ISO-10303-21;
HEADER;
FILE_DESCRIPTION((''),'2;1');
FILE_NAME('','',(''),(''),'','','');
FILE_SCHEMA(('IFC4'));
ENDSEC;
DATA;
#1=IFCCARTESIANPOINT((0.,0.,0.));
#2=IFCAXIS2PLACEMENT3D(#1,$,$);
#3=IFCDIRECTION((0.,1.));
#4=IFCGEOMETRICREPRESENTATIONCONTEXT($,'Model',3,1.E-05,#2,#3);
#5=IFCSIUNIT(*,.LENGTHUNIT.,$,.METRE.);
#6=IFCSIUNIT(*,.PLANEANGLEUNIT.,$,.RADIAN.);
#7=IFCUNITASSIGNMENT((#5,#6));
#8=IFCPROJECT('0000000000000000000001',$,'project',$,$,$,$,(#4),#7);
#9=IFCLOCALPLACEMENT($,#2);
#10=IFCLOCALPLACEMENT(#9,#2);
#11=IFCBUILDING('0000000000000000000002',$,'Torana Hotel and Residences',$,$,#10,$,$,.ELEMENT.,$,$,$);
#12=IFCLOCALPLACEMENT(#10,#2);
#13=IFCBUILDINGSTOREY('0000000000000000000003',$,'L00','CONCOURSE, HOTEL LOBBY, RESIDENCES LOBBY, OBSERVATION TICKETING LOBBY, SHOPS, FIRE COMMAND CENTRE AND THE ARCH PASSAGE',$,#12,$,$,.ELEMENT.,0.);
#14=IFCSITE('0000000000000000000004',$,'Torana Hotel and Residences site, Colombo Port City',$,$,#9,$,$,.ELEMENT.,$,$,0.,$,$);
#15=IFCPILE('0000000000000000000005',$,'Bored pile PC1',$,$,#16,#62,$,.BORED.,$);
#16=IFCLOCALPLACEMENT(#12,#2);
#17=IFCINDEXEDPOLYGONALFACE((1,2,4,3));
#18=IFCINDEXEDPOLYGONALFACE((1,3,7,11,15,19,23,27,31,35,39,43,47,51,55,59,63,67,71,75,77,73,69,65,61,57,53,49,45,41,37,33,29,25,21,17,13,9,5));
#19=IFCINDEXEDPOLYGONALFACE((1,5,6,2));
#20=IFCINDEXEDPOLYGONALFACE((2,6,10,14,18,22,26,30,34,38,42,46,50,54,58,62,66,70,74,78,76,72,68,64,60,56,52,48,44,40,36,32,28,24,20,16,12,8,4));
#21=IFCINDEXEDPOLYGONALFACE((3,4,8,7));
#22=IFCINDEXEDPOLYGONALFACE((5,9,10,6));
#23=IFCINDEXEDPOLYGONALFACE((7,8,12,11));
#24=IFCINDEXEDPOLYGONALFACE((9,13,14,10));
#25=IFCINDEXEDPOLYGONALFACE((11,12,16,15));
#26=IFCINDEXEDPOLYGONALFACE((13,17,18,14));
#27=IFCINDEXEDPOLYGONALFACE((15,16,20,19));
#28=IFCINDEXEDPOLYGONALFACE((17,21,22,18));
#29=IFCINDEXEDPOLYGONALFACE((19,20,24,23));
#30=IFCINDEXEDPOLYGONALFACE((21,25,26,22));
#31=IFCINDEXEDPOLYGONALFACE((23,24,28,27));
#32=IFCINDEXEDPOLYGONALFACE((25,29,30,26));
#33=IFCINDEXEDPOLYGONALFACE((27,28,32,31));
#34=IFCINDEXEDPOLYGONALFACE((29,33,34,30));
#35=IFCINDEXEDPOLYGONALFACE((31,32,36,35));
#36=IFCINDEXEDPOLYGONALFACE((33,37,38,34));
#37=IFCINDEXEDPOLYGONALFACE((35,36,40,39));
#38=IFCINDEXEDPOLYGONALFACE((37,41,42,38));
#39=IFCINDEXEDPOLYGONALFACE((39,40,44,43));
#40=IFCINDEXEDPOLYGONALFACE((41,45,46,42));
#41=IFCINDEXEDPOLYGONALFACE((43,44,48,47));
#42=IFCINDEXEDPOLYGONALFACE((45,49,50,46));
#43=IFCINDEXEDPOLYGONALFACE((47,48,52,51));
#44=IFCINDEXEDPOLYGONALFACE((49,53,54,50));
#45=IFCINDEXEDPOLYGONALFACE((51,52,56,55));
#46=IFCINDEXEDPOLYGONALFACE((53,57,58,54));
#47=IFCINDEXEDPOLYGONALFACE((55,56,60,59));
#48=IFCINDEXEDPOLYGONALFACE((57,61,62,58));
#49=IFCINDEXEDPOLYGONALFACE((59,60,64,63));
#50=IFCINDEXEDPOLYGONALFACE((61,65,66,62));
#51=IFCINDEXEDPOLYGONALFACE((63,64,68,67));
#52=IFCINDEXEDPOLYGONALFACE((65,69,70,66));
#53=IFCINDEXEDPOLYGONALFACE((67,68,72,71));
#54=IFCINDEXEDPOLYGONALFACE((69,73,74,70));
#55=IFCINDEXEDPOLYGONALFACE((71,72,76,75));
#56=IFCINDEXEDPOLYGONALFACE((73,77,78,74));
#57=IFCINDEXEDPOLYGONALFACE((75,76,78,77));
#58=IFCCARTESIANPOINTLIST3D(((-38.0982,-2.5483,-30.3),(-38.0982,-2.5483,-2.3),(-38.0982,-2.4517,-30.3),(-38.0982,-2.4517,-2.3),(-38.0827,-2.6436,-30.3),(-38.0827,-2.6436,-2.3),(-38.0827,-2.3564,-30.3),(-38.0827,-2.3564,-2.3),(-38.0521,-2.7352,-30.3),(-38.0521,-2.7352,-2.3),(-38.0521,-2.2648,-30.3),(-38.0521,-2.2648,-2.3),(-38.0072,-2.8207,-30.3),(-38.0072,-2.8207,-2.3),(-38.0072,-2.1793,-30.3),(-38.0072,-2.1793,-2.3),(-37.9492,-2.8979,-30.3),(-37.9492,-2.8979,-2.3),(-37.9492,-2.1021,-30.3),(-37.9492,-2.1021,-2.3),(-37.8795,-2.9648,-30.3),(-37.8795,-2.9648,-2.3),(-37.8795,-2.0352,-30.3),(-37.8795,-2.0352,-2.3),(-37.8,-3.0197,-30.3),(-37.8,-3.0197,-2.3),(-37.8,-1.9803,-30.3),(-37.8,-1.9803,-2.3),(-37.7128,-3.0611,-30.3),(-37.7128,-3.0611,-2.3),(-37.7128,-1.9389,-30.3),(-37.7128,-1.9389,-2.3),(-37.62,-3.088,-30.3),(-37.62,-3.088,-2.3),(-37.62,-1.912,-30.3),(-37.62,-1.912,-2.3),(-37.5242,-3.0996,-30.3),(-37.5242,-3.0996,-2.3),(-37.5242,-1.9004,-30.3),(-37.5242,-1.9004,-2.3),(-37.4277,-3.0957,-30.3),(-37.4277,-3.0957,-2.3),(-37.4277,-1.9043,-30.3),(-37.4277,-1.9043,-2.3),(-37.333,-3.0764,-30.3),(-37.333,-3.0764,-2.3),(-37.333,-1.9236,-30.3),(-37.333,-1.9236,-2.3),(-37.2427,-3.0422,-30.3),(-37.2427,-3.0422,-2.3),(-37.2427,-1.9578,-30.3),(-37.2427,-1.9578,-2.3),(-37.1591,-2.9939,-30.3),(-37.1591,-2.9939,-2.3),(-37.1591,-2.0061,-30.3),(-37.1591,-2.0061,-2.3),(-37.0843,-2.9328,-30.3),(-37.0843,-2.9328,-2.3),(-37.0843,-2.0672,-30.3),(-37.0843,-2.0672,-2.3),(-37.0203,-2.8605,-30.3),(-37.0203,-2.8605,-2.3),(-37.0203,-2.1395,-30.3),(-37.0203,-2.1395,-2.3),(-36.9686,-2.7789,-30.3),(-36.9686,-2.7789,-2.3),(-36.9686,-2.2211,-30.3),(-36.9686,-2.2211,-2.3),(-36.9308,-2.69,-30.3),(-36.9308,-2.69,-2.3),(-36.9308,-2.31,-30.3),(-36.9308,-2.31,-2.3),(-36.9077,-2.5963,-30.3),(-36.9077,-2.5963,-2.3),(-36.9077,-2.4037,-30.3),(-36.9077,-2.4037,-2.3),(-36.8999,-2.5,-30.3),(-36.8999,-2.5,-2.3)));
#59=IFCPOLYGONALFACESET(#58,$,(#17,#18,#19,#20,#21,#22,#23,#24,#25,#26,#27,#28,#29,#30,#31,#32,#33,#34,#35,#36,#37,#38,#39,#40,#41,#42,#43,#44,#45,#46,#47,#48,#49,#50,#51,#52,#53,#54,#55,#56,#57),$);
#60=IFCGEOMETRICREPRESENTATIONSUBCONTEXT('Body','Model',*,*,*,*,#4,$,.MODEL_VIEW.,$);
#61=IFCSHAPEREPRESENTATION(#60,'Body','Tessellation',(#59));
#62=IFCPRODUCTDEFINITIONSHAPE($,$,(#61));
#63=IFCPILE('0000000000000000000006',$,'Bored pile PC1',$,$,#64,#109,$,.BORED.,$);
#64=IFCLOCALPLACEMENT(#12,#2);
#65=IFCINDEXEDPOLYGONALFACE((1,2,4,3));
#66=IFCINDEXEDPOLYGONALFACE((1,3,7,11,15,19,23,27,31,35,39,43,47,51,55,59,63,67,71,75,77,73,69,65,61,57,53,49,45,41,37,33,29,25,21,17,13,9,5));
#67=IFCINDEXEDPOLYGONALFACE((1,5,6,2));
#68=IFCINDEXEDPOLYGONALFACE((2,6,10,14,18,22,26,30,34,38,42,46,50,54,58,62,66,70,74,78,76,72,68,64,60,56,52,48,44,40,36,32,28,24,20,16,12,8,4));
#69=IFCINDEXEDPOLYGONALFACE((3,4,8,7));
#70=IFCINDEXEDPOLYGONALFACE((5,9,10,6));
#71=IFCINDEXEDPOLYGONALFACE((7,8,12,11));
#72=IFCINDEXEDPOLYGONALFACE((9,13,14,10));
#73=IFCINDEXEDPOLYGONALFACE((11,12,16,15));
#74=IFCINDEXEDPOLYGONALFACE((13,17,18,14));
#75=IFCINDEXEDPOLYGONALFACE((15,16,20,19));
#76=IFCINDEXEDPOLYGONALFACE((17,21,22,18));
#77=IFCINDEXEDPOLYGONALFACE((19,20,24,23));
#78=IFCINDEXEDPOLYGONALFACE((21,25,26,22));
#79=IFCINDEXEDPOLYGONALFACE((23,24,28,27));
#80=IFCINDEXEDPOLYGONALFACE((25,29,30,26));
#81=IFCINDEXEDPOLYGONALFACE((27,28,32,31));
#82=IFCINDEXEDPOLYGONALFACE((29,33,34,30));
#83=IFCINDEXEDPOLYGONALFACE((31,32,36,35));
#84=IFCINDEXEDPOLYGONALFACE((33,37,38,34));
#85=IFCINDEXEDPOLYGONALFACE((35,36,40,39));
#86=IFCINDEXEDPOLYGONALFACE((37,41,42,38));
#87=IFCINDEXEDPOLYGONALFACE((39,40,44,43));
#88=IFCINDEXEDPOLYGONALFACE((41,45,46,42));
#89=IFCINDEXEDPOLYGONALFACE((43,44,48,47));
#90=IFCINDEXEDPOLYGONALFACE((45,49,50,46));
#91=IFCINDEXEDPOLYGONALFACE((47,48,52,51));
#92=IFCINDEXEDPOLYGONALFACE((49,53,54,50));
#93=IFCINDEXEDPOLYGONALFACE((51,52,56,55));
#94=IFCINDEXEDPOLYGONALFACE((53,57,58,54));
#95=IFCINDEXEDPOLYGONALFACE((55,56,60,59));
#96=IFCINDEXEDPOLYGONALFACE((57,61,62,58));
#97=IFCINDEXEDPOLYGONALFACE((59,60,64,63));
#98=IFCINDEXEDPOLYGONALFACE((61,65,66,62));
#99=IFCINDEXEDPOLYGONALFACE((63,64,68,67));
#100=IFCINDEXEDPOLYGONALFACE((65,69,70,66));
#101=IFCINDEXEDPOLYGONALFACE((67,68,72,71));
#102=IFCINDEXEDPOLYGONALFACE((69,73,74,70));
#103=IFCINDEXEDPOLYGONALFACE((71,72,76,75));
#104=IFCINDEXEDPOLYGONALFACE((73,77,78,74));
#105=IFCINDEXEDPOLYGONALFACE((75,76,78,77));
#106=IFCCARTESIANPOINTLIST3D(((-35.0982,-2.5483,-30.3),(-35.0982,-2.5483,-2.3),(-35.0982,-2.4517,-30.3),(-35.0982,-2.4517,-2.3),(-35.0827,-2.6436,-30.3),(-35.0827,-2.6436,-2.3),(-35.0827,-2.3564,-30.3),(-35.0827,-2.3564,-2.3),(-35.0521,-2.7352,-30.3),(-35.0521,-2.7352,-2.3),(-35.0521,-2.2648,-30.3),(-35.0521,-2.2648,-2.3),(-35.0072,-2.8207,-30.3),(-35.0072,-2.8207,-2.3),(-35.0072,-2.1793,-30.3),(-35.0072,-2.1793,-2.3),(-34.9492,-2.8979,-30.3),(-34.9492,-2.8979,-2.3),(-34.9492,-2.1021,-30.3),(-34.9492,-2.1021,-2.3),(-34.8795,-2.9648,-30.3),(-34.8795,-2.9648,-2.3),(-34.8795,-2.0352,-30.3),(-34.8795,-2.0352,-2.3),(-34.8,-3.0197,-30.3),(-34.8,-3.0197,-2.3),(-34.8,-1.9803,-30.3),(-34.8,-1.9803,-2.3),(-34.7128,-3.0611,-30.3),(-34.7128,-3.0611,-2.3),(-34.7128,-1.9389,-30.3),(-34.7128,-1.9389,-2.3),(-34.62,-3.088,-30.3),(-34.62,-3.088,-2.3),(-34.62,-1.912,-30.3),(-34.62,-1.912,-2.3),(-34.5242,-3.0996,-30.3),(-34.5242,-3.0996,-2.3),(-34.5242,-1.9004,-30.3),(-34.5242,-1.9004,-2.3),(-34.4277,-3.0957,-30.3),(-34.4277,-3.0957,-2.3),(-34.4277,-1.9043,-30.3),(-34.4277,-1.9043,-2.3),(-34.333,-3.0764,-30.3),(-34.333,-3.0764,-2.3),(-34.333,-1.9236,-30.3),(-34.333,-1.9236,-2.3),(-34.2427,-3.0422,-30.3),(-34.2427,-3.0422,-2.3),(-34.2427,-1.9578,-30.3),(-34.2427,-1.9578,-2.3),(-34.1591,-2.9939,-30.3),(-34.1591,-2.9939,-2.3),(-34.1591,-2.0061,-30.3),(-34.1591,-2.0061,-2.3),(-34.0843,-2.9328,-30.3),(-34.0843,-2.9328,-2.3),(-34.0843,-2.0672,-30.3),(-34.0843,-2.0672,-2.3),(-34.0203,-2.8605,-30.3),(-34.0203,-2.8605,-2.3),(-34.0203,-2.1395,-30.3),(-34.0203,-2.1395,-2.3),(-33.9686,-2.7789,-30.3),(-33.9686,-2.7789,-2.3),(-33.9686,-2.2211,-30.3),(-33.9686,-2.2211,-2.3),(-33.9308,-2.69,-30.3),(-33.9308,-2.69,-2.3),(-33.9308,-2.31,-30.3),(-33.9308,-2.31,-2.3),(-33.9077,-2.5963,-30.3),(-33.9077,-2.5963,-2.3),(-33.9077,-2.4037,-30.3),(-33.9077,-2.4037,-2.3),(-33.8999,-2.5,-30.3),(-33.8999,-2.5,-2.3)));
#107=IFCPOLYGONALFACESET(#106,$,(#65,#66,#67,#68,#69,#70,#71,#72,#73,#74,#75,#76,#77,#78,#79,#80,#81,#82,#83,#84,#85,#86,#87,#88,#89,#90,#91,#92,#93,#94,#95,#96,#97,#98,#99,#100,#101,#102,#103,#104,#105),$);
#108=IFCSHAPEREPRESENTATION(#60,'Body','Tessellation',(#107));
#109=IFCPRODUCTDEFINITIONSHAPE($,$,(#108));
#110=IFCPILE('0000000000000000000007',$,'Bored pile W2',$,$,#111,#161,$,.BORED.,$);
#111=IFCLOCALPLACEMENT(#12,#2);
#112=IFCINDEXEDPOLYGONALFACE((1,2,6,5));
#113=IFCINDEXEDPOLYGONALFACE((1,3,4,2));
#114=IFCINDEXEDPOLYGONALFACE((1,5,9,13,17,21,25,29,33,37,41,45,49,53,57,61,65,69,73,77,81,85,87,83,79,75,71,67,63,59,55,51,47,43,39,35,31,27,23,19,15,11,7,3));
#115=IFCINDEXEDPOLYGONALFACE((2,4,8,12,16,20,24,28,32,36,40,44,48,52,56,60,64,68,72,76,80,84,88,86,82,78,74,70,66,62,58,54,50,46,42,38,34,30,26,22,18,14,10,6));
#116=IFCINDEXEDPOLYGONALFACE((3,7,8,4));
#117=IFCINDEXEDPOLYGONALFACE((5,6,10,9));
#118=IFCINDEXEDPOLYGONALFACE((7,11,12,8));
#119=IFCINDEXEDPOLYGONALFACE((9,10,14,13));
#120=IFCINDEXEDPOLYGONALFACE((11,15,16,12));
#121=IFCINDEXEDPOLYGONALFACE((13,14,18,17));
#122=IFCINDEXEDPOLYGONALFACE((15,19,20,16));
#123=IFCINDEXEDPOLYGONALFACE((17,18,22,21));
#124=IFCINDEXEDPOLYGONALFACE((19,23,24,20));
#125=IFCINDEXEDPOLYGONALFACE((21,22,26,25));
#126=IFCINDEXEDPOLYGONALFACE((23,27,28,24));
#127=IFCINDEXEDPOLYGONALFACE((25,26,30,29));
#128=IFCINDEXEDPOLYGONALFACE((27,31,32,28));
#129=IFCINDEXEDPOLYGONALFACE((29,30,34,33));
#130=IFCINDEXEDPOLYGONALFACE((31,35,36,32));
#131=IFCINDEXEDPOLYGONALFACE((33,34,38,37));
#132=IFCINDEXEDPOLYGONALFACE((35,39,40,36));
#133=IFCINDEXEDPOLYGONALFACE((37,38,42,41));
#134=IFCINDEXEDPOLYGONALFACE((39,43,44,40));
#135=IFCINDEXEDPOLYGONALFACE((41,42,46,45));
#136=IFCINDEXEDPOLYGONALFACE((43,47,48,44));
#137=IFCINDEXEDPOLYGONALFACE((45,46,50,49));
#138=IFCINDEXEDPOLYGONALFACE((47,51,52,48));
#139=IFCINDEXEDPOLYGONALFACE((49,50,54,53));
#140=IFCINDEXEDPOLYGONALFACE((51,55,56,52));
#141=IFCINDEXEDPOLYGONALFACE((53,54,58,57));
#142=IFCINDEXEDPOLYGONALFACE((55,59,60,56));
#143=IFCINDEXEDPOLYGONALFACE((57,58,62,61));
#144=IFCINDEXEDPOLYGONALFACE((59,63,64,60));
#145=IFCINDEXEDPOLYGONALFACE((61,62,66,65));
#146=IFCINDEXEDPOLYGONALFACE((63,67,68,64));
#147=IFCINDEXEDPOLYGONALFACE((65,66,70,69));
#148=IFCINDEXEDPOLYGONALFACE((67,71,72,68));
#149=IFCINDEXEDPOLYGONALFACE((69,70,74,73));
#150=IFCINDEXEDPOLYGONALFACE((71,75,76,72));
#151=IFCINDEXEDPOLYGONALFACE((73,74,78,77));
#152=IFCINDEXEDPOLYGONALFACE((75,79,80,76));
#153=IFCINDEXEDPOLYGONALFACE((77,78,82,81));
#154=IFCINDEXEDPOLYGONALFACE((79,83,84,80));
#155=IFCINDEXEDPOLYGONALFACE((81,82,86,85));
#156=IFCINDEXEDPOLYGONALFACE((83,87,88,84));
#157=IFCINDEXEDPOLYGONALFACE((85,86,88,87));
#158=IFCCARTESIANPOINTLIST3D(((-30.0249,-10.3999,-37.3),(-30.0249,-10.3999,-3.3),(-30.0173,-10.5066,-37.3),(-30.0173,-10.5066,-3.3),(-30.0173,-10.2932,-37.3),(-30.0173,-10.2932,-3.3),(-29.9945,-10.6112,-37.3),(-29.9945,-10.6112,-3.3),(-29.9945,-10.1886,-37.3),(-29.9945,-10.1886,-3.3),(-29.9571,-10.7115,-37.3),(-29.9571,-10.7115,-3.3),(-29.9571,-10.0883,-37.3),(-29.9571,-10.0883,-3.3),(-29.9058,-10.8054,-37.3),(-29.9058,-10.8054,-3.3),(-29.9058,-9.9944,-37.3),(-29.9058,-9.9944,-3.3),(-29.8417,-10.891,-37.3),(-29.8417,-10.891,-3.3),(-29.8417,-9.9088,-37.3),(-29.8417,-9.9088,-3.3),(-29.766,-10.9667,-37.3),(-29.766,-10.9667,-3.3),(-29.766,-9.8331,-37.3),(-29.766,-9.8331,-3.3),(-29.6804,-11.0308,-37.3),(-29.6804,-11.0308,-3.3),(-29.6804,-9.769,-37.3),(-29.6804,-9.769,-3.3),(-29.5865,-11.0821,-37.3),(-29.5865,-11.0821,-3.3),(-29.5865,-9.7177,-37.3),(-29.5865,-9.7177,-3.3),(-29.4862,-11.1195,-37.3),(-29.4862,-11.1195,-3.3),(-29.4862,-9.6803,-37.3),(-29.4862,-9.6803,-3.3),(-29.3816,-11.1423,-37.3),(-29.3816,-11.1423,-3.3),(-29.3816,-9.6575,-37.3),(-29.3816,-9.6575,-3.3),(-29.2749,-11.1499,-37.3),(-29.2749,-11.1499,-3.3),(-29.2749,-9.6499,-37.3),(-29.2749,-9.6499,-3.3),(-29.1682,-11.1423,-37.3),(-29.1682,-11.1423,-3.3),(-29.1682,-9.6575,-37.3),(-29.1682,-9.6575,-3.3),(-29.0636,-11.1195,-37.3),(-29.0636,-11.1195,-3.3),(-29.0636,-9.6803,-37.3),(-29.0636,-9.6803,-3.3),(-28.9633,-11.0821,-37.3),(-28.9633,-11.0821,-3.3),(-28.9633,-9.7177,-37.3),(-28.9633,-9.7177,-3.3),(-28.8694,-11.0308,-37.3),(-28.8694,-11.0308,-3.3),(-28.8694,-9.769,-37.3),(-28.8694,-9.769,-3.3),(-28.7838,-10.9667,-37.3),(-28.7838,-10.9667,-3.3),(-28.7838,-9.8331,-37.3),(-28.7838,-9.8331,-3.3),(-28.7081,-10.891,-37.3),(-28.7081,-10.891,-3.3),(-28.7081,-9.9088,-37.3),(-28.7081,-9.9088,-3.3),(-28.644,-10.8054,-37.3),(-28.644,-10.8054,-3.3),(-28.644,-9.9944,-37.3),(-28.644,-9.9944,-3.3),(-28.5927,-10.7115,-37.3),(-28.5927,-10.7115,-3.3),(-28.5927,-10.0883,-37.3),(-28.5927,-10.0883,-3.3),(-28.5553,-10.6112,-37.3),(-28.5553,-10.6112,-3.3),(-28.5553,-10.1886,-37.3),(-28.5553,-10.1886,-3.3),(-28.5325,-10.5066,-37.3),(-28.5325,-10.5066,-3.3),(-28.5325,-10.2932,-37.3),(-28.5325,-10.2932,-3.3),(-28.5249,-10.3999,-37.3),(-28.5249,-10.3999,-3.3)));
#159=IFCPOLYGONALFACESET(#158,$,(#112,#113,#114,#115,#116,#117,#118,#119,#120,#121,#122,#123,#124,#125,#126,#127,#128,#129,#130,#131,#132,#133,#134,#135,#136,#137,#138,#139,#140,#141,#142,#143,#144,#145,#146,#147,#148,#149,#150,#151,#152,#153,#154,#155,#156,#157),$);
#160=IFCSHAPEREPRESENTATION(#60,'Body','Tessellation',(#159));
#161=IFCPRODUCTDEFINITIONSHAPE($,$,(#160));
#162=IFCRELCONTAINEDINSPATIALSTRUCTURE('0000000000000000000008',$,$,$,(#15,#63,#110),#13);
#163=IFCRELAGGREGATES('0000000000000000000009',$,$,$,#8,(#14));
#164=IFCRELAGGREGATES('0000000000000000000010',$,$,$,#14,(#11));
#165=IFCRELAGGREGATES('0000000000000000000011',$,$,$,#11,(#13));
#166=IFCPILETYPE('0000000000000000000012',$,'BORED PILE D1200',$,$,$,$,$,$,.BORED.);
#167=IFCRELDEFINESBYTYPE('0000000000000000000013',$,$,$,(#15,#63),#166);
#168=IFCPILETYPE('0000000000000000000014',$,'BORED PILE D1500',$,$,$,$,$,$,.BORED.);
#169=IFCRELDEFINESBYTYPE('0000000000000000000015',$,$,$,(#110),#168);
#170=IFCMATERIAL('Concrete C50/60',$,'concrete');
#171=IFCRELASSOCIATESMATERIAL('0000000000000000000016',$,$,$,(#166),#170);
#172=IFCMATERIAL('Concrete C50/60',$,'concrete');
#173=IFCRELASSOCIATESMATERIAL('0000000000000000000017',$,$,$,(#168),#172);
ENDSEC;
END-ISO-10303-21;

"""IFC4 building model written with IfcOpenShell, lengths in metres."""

from ifc_helpers import new_model, si_unit, direction, frame, origin, origin_2d, place, context, subcontext, project, spatial, circle, extrude, material, type_object, element, save


model = new_model("IFC4")

# Units and contexts
model_context = context("Model", 3, precision=1e-05, world=origin(), true_north=direction((0.0, 1.0)))
body_context = subcontext(model_context, "Body", "Model", "MODEL_VIEW")
ifc_project = project(units=[si_unit("LENGTHUNIT", "METRE"), si_unit("PLANEANGLEUNIT", "RADIAN")], contexts=[model_context])

# Site, building, storey
site_placement = place(None, origin())
site = spatial("IfcSite", under=ifc_project, at=site_placement, Name="Torana Hotel and Residences site, Colombo Port City", CompositionType="ELEMENT", RefElevation=0.0)
building_placement = place(site_placement, origin())
building = spatial("IfcBuilding", under=site, at=building_placement, Name="Torana Hotel and Residences", CompositionType="ELEMENT")
storey_placement = place(building_placement, origin())
storey = spatial("IfcBuildingStorey", under=building, at=storey_placement, Name="L00", Description="CONCOURSE, HOTEL LOBBY, RESIDENCES LOBBY, OBSERVATION TICKETING LOBBY, SHOPS, FIRE COMMAND CENTRE AND THE ARCH PASSAGE", CompositionType="ELEMENT", Elevation=0.0)

# Piles
ifc_material_1 = material(Name="Concrete C50/60", Category="concrete")
pile_type_1 = type_object("IfcPileType", Name="BORED PILE D1200", PredefinedType="BORED", material=ifc_material_1)
for number, where, z_axis, x_axis, name in (
    (1, (-37.5, -2.5, -2.3), (0.0, 0.0, -1.0), (1.0, 0.0, 0.0), "Bored pile PC1"),
    (2, (-34.5, -2.5, -2.3), (0.0, 0.0, -1.0), (1.0, 0.0, 0.0), "Bored pile PC1"),
):
    element("IfcPile", number, at=place(storey_placement, frame(where, z_axis=z_axis, x_axis=x_axis)), inside=storey, type_object=pile_type_1, Name=name, PredefinedType="BORED", context=body_context, shape_type="SweptSolid", body=[
        extrude(circle(Radius=0.6001, at=origin_2d()), origin(), (0.0, 0.0, 1.0), 28.0),
    ])
ifc_material_2 = material(Name="Concrete C50/60", Category="concrete")
pile_type_2 = type_object("IfcPileType", Name="BORED PILE D1500", PredefinedType="BORED", material=ifc_material_2)
for number, where, z_axis, x_axis, name in (
    (3, (-29.2749, -10.3999, -3.3), (0.0, 0.0, -1.0), (1.0, 0.0, 0.0), "Bored pile W2"),
):
    element("IfcPile", number, at=place(storey_placement, frame(where, z_axis=z_axis, x_axis=x_axis)), inside=storey, type_object=pile_type_2, Name=name, PredefinedType="BORED", context=body_context, shape_type="SweptSolid", body=[
        extrude(circle(Radius=0.75, at=origin_2d()), origin(), (0.0, 0.0, 1.0), 34.0),
    ])

save(model, "model.ifc")
